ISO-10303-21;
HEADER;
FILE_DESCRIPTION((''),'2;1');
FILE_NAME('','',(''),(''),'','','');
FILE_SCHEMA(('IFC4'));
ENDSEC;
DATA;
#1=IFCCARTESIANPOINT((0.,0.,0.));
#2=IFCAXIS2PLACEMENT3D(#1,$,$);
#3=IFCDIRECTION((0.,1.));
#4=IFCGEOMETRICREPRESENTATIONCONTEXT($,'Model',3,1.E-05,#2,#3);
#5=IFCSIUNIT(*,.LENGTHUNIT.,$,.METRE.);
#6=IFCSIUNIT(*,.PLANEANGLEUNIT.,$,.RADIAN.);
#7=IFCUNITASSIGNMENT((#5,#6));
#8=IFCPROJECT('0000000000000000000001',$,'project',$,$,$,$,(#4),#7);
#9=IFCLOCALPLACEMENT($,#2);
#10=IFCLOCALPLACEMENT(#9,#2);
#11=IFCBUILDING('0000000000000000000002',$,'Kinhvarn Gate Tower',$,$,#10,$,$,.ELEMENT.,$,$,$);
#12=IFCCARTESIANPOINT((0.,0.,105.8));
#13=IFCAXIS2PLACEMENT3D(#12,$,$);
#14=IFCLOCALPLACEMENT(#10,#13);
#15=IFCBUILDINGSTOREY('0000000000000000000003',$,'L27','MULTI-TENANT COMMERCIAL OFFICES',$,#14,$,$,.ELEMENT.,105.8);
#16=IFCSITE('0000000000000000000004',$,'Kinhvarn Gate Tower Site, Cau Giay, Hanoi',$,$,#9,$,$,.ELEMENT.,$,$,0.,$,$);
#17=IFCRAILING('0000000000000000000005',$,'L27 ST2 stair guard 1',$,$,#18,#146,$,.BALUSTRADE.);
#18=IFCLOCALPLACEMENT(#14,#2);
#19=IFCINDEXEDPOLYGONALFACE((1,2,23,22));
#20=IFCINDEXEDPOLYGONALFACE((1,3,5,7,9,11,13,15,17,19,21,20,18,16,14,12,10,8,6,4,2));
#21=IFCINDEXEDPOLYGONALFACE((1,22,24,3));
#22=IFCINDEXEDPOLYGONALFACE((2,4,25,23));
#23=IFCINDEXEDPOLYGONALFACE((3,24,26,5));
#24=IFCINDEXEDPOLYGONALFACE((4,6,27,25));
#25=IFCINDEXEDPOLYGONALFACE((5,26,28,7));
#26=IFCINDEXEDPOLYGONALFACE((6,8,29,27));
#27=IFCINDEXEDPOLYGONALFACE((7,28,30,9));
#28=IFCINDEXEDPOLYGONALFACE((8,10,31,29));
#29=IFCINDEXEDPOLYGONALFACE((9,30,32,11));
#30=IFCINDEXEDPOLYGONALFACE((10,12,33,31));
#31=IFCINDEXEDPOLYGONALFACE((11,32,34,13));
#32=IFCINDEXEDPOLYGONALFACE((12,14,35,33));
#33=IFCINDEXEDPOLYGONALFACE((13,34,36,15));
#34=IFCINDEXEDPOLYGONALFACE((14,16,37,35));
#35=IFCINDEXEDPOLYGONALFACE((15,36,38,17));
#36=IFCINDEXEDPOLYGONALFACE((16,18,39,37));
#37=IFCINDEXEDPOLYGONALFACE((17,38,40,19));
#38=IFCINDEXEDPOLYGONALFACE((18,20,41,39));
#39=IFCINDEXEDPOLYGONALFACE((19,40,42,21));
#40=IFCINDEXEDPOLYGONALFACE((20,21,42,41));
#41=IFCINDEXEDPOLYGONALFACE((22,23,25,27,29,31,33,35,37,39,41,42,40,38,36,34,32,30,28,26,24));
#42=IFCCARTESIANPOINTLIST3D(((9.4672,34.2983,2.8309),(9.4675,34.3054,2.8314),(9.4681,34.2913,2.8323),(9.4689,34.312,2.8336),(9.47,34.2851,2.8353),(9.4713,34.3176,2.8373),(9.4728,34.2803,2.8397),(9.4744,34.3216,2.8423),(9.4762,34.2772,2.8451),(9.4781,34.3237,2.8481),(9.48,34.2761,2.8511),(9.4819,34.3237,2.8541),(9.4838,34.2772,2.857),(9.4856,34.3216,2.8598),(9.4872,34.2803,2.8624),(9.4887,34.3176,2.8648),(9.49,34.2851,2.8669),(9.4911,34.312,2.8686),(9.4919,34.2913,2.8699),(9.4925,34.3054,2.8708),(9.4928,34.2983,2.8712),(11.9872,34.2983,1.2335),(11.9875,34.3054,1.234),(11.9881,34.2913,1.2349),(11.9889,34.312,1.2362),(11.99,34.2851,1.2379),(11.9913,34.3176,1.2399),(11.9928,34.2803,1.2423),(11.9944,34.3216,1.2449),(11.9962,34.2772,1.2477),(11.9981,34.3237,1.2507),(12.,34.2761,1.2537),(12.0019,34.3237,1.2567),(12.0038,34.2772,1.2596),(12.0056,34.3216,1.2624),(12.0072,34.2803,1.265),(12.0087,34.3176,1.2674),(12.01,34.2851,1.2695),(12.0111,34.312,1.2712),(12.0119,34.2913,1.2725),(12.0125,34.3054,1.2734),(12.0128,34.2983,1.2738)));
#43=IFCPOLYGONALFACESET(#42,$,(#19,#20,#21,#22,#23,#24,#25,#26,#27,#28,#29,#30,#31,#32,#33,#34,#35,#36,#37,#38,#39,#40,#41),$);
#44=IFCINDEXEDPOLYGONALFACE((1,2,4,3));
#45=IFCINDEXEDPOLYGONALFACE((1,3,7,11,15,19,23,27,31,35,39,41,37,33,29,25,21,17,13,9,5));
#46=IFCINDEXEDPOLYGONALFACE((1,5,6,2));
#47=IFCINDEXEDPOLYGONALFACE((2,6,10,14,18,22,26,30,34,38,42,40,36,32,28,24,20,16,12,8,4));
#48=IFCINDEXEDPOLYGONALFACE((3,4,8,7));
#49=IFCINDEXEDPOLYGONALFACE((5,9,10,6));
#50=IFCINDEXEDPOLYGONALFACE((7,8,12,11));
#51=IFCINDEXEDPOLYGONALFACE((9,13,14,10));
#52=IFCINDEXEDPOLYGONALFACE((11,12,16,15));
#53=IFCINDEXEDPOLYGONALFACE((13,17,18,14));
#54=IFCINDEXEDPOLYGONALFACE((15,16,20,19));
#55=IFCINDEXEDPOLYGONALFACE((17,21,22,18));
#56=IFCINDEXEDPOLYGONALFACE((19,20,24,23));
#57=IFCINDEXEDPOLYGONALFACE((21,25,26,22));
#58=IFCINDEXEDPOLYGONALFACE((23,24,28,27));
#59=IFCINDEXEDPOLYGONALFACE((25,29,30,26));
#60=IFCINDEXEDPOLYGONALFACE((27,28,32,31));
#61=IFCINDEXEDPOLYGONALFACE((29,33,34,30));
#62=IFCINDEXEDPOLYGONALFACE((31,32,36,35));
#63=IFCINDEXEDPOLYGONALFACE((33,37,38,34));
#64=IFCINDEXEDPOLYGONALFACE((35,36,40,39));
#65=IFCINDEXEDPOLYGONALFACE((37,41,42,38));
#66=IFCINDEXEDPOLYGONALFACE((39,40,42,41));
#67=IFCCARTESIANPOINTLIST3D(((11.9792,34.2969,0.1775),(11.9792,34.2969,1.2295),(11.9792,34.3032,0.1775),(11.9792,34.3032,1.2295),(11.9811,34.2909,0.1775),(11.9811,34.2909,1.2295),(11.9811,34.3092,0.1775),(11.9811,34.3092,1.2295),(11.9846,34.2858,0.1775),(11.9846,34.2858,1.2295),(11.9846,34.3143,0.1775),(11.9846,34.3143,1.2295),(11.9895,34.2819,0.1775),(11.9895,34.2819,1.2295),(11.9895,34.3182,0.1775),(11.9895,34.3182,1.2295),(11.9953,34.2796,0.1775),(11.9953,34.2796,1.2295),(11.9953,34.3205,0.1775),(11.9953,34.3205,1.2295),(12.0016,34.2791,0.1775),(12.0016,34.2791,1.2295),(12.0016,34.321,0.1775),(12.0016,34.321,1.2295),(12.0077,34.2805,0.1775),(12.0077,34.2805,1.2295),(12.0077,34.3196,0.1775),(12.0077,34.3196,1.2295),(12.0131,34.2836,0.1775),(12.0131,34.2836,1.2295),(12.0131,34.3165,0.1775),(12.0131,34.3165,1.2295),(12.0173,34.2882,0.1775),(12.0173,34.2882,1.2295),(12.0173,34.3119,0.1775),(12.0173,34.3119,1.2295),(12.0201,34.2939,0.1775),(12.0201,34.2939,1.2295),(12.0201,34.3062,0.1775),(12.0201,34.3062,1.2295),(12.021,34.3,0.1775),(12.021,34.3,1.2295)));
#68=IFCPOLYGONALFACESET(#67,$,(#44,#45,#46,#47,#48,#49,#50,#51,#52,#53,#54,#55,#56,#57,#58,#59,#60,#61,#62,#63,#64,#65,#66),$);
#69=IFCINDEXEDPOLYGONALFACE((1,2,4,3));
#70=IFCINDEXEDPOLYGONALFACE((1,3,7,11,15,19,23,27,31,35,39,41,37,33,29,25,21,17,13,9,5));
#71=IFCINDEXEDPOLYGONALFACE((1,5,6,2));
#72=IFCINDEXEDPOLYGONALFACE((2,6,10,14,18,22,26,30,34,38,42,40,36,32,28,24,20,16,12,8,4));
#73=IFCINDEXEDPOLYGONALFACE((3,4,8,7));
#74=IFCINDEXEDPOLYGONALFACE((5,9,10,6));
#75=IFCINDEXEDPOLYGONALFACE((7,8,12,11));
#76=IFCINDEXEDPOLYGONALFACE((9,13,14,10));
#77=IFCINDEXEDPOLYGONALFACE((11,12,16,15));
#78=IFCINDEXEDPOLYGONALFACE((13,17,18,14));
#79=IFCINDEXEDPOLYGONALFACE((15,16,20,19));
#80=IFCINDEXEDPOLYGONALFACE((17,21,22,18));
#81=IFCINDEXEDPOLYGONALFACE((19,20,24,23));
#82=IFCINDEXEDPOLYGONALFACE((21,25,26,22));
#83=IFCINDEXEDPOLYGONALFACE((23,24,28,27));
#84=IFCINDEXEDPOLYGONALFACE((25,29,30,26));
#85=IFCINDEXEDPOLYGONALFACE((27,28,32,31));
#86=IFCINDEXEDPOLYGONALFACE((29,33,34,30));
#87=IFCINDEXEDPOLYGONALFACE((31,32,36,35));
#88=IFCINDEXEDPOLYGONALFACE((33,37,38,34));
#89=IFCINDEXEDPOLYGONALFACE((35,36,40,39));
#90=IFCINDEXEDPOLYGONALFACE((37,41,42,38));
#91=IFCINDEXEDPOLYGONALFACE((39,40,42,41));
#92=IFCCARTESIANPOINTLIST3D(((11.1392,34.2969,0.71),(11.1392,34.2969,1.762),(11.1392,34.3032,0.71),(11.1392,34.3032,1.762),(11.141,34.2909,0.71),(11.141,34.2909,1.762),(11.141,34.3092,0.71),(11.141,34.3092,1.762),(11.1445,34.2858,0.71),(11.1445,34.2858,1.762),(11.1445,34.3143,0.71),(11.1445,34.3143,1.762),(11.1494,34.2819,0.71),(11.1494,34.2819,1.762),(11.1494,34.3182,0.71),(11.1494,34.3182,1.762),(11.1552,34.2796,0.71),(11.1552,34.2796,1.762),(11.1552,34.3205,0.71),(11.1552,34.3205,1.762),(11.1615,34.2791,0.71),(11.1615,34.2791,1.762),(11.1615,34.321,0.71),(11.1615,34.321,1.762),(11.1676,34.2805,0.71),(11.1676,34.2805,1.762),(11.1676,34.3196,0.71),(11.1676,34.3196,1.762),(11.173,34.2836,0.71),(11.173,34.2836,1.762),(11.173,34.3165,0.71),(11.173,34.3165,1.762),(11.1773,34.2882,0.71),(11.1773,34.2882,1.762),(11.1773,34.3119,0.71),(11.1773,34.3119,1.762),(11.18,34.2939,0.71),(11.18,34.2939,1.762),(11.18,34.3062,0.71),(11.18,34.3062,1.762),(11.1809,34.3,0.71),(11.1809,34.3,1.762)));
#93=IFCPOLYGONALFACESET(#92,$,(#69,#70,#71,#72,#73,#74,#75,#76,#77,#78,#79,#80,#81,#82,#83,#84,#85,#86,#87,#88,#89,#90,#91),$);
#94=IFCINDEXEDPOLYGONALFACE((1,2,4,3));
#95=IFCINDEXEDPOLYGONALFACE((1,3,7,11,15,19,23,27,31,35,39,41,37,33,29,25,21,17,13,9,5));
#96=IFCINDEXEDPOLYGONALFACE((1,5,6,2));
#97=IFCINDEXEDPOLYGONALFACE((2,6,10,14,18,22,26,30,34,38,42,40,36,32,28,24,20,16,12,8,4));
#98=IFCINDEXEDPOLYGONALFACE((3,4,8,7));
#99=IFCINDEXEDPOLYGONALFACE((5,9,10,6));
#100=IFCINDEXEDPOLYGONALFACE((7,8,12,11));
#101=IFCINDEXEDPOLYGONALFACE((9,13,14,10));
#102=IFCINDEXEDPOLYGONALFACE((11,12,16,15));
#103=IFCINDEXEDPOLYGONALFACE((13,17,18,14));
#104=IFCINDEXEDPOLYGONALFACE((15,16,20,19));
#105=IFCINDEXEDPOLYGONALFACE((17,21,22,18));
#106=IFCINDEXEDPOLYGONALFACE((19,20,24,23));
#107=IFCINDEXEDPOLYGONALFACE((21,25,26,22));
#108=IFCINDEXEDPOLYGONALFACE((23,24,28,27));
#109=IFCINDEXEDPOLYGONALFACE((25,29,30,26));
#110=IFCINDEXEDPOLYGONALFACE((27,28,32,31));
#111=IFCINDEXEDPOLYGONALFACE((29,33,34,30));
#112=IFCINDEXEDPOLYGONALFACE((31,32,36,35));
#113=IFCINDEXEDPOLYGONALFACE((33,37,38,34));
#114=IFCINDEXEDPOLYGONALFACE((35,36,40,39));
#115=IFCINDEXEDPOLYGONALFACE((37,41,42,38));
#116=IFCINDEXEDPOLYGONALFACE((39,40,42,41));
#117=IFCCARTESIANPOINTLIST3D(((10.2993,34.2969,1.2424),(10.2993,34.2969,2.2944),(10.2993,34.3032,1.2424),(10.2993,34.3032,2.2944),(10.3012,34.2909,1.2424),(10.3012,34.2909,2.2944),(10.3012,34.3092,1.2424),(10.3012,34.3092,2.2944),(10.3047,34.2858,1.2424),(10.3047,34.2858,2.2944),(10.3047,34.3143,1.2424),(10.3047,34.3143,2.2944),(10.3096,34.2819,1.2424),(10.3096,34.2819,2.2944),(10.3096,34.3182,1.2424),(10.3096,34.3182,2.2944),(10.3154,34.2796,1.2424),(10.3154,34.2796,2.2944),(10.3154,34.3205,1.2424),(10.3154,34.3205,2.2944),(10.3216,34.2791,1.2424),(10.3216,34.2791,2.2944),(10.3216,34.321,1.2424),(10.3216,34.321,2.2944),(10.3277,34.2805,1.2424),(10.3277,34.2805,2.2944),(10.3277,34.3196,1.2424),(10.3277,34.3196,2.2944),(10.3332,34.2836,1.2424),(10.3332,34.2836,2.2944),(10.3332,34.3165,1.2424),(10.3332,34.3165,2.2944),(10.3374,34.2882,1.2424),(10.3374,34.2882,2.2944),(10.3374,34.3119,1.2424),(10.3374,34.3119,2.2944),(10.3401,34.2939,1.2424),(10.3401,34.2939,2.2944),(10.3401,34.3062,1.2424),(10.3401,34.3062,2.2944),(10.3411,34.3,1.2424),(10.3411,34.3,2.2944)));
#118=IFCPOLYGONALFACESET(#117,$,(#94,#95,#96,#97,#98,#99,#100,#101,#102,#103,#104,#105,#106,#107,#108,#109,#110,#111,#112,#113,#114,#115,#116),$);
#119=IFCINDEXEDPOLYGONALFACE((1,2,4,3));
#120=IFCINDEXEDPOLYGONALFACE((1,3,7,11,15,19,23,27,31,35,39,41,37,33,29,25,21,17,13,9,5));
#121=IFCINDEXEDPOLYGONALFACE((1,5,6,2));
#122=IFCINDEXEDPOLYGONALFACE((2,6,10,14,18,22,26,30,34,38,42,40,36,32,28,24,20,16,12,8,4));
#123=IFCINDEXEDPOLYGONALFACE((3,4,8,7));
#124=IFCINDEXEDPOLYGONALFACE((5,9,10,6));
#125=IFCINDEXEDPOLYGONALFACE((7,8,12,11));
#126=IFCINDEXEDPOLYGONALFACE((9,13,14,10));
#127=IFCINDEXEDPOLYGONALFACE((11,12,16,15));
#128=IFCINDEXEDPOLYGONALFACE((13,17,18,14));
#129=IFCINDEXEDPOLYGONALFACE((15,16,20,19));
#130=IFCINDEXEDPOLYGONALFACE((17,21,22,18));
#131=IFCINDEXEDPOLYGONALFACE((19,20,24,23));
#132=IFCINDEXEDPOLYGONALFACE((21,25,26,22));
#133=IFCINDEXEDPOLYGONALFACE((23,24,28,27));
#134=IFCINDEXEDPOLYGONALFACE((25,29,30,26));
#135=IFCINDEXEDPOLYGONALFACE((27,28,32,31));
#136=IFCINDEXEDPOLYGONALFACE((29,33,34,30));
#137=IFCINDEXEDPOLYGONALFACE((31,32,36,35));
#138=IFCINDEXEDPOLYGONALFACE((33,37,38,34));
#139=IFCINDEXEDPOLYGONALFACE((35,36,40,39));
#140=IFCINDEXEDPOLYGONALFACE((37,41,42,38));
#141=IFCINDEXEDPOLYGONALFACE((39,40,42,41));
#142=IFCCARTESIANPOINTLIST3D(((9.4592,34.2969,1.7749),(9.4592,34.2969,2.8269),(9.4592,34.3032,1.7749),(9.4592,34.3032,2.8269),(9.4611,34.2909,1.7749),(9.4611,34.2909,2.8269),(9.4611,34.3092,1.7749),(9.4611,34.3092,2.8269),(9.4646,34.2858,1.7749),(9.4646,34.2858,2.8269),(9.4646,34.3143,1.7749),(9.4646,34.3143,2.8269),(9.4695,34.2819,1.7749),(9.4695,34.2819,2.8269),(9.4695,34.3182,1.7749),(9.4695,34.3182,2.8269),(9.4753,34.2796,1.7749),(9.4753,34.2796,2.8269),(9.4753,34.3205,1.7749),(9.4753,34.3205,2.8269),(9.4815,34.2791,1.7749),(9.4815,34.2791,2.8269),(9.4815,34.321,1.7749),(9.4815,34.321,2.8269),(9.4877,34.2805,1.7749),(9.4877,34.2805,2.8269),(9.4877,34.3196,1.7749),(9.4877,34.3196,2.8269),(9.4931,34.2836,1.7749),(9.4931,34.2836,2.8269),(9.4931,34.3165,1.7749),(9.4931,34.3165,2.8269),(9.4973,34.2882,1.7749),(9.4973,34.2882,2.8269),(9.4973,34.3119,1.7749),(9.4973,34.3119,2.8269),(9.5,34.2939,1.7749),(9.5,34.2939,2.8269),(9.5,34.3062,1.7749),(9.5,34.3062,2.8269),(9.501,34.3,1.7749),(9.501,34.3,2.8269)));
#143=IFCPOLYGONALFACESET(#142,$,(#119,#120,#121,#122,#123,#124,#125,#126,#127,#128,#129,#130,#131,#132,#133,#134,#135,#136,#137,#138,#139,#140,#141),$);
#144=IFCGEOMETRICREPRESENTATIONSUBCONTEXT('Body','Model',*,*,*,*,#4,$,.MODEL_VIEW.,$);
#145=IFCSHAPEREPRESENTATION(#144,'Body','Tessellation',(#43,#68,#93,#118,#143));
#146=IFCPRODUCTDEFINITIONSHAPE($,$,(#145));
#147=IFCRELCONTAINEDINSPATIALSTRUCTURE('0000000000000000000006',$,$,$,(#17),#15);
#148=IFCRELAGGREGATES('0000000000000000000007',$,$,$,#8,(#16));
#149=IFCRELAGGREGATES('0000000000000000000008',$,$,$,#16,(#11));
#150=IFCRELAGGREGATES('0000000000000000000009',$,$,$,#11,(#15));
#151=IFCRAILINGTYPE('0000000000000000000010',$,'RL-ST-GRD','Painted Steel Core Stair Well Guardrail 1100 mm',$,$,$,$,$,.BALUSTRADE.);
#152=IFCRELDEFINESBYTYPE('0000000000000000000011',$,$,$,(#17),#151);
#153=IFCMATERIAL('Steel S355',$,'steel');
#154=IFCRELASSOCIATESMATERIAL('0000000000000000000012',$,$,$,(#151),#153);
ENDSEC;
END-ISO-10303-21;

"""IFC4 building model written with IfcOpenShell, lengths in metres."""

from ifc_helpers import new_model, si_unit, direction, frame, origin, origin_2d, place, context, subcontext, project, spatial, circle, extrude, material, type_object, element, save


model = new_model("IFC4")

# Units and contexts
model_context = context("Model", 3, precision=1e-05, world=origin(), true_north=direction((0.0, 1.0)))
body_context = subcontext(model_context, "Body", "Model", "MODEL_VIEW")
ifc_project = project(units=[si_unit("LENGTHUNIT", "METRE"), si_unit("PLANEANGLEUNIT", "RADIAN")], contexts=[model_context])

# Site, building, storey
site_placement = place(None, origin())
site = spatial("IfcSite", under=ifc_project, at=site_placement, Name="Kinhvarn Gate Tower Site, Cau Giay, Hanoi", CompositionType="ELEMENT", RefElevation=0.0)
building_placement = place(site_placement, origin())
building = spatial("IfcBuilding", under=site, at=building_placement, Name="Kinhvarn Gate Tower", CompositionType="ELEMENT")
storey_placement = place(building_placement, frame((0.0, 0.0, 105.8)))
storey = spatial("IfcBuildingStorey", under=building, at=storey_placement, Name="L27", Description="MULTI-TENANT COMMERCIAL OFFICES", CompositionType="ELEMENT", Elevation=105.8)

# Shared definitions
ifc_material_1 = material(Name="Steel S355", Category="steel")

# Railing
railing_type_1 = type_object("IfcRailingType", Name="RL-ST-GRD", Description="Painted Steel Core Stair Well Guardrail 1100 mm", PredefinedType="BALUSTRADE", material=ifc_material_1)
railing_1_placement = place(storey_placement, frame((12.0, 34.3, 0.1775)))
element("IfcRailing", 1, at=railing_1_placement, inside=storey, type_object=railing_type_1, Name="L27 ST2 stair guard 1", PredefinedType="BALUSTRADE", context=body_context, shape_type="SweptSolid", body=[
    extrude(circle(Radius=0.0239, at=origin_2d()), frame((0.0, 0.0, 1.0762), z_axis=(-0.844607, 0.0, 0.535387), x_axis=(0.0, -1.0, 0.0)), (0.0, 0.0, 1.0), 2.9836),
    extrude(circle(Radius=0.021, at=origin_2d()), origin(), (0.0, 0.0, 1.0), 1.052),
    extrude(circle(Radius=0.021, at=origin_2d()), frame((-0.8401, 0.0, 0.5325)), (0.0, 0.0, 1.0), 1.052),
    extrude(circle(Radius=0.021, at=origin_2d()), frame((-1.6799, 0.0, 1.0649)), (0.0, 0.0, 1.0), 1.052),
    extrude(circle(Radius=0.021, at=origin_2d()), frame((-2.52, 0.0, 1.5974)), (0.0, 0.0, 1.0), 1.052),
])

save(model, "model.ifc")
